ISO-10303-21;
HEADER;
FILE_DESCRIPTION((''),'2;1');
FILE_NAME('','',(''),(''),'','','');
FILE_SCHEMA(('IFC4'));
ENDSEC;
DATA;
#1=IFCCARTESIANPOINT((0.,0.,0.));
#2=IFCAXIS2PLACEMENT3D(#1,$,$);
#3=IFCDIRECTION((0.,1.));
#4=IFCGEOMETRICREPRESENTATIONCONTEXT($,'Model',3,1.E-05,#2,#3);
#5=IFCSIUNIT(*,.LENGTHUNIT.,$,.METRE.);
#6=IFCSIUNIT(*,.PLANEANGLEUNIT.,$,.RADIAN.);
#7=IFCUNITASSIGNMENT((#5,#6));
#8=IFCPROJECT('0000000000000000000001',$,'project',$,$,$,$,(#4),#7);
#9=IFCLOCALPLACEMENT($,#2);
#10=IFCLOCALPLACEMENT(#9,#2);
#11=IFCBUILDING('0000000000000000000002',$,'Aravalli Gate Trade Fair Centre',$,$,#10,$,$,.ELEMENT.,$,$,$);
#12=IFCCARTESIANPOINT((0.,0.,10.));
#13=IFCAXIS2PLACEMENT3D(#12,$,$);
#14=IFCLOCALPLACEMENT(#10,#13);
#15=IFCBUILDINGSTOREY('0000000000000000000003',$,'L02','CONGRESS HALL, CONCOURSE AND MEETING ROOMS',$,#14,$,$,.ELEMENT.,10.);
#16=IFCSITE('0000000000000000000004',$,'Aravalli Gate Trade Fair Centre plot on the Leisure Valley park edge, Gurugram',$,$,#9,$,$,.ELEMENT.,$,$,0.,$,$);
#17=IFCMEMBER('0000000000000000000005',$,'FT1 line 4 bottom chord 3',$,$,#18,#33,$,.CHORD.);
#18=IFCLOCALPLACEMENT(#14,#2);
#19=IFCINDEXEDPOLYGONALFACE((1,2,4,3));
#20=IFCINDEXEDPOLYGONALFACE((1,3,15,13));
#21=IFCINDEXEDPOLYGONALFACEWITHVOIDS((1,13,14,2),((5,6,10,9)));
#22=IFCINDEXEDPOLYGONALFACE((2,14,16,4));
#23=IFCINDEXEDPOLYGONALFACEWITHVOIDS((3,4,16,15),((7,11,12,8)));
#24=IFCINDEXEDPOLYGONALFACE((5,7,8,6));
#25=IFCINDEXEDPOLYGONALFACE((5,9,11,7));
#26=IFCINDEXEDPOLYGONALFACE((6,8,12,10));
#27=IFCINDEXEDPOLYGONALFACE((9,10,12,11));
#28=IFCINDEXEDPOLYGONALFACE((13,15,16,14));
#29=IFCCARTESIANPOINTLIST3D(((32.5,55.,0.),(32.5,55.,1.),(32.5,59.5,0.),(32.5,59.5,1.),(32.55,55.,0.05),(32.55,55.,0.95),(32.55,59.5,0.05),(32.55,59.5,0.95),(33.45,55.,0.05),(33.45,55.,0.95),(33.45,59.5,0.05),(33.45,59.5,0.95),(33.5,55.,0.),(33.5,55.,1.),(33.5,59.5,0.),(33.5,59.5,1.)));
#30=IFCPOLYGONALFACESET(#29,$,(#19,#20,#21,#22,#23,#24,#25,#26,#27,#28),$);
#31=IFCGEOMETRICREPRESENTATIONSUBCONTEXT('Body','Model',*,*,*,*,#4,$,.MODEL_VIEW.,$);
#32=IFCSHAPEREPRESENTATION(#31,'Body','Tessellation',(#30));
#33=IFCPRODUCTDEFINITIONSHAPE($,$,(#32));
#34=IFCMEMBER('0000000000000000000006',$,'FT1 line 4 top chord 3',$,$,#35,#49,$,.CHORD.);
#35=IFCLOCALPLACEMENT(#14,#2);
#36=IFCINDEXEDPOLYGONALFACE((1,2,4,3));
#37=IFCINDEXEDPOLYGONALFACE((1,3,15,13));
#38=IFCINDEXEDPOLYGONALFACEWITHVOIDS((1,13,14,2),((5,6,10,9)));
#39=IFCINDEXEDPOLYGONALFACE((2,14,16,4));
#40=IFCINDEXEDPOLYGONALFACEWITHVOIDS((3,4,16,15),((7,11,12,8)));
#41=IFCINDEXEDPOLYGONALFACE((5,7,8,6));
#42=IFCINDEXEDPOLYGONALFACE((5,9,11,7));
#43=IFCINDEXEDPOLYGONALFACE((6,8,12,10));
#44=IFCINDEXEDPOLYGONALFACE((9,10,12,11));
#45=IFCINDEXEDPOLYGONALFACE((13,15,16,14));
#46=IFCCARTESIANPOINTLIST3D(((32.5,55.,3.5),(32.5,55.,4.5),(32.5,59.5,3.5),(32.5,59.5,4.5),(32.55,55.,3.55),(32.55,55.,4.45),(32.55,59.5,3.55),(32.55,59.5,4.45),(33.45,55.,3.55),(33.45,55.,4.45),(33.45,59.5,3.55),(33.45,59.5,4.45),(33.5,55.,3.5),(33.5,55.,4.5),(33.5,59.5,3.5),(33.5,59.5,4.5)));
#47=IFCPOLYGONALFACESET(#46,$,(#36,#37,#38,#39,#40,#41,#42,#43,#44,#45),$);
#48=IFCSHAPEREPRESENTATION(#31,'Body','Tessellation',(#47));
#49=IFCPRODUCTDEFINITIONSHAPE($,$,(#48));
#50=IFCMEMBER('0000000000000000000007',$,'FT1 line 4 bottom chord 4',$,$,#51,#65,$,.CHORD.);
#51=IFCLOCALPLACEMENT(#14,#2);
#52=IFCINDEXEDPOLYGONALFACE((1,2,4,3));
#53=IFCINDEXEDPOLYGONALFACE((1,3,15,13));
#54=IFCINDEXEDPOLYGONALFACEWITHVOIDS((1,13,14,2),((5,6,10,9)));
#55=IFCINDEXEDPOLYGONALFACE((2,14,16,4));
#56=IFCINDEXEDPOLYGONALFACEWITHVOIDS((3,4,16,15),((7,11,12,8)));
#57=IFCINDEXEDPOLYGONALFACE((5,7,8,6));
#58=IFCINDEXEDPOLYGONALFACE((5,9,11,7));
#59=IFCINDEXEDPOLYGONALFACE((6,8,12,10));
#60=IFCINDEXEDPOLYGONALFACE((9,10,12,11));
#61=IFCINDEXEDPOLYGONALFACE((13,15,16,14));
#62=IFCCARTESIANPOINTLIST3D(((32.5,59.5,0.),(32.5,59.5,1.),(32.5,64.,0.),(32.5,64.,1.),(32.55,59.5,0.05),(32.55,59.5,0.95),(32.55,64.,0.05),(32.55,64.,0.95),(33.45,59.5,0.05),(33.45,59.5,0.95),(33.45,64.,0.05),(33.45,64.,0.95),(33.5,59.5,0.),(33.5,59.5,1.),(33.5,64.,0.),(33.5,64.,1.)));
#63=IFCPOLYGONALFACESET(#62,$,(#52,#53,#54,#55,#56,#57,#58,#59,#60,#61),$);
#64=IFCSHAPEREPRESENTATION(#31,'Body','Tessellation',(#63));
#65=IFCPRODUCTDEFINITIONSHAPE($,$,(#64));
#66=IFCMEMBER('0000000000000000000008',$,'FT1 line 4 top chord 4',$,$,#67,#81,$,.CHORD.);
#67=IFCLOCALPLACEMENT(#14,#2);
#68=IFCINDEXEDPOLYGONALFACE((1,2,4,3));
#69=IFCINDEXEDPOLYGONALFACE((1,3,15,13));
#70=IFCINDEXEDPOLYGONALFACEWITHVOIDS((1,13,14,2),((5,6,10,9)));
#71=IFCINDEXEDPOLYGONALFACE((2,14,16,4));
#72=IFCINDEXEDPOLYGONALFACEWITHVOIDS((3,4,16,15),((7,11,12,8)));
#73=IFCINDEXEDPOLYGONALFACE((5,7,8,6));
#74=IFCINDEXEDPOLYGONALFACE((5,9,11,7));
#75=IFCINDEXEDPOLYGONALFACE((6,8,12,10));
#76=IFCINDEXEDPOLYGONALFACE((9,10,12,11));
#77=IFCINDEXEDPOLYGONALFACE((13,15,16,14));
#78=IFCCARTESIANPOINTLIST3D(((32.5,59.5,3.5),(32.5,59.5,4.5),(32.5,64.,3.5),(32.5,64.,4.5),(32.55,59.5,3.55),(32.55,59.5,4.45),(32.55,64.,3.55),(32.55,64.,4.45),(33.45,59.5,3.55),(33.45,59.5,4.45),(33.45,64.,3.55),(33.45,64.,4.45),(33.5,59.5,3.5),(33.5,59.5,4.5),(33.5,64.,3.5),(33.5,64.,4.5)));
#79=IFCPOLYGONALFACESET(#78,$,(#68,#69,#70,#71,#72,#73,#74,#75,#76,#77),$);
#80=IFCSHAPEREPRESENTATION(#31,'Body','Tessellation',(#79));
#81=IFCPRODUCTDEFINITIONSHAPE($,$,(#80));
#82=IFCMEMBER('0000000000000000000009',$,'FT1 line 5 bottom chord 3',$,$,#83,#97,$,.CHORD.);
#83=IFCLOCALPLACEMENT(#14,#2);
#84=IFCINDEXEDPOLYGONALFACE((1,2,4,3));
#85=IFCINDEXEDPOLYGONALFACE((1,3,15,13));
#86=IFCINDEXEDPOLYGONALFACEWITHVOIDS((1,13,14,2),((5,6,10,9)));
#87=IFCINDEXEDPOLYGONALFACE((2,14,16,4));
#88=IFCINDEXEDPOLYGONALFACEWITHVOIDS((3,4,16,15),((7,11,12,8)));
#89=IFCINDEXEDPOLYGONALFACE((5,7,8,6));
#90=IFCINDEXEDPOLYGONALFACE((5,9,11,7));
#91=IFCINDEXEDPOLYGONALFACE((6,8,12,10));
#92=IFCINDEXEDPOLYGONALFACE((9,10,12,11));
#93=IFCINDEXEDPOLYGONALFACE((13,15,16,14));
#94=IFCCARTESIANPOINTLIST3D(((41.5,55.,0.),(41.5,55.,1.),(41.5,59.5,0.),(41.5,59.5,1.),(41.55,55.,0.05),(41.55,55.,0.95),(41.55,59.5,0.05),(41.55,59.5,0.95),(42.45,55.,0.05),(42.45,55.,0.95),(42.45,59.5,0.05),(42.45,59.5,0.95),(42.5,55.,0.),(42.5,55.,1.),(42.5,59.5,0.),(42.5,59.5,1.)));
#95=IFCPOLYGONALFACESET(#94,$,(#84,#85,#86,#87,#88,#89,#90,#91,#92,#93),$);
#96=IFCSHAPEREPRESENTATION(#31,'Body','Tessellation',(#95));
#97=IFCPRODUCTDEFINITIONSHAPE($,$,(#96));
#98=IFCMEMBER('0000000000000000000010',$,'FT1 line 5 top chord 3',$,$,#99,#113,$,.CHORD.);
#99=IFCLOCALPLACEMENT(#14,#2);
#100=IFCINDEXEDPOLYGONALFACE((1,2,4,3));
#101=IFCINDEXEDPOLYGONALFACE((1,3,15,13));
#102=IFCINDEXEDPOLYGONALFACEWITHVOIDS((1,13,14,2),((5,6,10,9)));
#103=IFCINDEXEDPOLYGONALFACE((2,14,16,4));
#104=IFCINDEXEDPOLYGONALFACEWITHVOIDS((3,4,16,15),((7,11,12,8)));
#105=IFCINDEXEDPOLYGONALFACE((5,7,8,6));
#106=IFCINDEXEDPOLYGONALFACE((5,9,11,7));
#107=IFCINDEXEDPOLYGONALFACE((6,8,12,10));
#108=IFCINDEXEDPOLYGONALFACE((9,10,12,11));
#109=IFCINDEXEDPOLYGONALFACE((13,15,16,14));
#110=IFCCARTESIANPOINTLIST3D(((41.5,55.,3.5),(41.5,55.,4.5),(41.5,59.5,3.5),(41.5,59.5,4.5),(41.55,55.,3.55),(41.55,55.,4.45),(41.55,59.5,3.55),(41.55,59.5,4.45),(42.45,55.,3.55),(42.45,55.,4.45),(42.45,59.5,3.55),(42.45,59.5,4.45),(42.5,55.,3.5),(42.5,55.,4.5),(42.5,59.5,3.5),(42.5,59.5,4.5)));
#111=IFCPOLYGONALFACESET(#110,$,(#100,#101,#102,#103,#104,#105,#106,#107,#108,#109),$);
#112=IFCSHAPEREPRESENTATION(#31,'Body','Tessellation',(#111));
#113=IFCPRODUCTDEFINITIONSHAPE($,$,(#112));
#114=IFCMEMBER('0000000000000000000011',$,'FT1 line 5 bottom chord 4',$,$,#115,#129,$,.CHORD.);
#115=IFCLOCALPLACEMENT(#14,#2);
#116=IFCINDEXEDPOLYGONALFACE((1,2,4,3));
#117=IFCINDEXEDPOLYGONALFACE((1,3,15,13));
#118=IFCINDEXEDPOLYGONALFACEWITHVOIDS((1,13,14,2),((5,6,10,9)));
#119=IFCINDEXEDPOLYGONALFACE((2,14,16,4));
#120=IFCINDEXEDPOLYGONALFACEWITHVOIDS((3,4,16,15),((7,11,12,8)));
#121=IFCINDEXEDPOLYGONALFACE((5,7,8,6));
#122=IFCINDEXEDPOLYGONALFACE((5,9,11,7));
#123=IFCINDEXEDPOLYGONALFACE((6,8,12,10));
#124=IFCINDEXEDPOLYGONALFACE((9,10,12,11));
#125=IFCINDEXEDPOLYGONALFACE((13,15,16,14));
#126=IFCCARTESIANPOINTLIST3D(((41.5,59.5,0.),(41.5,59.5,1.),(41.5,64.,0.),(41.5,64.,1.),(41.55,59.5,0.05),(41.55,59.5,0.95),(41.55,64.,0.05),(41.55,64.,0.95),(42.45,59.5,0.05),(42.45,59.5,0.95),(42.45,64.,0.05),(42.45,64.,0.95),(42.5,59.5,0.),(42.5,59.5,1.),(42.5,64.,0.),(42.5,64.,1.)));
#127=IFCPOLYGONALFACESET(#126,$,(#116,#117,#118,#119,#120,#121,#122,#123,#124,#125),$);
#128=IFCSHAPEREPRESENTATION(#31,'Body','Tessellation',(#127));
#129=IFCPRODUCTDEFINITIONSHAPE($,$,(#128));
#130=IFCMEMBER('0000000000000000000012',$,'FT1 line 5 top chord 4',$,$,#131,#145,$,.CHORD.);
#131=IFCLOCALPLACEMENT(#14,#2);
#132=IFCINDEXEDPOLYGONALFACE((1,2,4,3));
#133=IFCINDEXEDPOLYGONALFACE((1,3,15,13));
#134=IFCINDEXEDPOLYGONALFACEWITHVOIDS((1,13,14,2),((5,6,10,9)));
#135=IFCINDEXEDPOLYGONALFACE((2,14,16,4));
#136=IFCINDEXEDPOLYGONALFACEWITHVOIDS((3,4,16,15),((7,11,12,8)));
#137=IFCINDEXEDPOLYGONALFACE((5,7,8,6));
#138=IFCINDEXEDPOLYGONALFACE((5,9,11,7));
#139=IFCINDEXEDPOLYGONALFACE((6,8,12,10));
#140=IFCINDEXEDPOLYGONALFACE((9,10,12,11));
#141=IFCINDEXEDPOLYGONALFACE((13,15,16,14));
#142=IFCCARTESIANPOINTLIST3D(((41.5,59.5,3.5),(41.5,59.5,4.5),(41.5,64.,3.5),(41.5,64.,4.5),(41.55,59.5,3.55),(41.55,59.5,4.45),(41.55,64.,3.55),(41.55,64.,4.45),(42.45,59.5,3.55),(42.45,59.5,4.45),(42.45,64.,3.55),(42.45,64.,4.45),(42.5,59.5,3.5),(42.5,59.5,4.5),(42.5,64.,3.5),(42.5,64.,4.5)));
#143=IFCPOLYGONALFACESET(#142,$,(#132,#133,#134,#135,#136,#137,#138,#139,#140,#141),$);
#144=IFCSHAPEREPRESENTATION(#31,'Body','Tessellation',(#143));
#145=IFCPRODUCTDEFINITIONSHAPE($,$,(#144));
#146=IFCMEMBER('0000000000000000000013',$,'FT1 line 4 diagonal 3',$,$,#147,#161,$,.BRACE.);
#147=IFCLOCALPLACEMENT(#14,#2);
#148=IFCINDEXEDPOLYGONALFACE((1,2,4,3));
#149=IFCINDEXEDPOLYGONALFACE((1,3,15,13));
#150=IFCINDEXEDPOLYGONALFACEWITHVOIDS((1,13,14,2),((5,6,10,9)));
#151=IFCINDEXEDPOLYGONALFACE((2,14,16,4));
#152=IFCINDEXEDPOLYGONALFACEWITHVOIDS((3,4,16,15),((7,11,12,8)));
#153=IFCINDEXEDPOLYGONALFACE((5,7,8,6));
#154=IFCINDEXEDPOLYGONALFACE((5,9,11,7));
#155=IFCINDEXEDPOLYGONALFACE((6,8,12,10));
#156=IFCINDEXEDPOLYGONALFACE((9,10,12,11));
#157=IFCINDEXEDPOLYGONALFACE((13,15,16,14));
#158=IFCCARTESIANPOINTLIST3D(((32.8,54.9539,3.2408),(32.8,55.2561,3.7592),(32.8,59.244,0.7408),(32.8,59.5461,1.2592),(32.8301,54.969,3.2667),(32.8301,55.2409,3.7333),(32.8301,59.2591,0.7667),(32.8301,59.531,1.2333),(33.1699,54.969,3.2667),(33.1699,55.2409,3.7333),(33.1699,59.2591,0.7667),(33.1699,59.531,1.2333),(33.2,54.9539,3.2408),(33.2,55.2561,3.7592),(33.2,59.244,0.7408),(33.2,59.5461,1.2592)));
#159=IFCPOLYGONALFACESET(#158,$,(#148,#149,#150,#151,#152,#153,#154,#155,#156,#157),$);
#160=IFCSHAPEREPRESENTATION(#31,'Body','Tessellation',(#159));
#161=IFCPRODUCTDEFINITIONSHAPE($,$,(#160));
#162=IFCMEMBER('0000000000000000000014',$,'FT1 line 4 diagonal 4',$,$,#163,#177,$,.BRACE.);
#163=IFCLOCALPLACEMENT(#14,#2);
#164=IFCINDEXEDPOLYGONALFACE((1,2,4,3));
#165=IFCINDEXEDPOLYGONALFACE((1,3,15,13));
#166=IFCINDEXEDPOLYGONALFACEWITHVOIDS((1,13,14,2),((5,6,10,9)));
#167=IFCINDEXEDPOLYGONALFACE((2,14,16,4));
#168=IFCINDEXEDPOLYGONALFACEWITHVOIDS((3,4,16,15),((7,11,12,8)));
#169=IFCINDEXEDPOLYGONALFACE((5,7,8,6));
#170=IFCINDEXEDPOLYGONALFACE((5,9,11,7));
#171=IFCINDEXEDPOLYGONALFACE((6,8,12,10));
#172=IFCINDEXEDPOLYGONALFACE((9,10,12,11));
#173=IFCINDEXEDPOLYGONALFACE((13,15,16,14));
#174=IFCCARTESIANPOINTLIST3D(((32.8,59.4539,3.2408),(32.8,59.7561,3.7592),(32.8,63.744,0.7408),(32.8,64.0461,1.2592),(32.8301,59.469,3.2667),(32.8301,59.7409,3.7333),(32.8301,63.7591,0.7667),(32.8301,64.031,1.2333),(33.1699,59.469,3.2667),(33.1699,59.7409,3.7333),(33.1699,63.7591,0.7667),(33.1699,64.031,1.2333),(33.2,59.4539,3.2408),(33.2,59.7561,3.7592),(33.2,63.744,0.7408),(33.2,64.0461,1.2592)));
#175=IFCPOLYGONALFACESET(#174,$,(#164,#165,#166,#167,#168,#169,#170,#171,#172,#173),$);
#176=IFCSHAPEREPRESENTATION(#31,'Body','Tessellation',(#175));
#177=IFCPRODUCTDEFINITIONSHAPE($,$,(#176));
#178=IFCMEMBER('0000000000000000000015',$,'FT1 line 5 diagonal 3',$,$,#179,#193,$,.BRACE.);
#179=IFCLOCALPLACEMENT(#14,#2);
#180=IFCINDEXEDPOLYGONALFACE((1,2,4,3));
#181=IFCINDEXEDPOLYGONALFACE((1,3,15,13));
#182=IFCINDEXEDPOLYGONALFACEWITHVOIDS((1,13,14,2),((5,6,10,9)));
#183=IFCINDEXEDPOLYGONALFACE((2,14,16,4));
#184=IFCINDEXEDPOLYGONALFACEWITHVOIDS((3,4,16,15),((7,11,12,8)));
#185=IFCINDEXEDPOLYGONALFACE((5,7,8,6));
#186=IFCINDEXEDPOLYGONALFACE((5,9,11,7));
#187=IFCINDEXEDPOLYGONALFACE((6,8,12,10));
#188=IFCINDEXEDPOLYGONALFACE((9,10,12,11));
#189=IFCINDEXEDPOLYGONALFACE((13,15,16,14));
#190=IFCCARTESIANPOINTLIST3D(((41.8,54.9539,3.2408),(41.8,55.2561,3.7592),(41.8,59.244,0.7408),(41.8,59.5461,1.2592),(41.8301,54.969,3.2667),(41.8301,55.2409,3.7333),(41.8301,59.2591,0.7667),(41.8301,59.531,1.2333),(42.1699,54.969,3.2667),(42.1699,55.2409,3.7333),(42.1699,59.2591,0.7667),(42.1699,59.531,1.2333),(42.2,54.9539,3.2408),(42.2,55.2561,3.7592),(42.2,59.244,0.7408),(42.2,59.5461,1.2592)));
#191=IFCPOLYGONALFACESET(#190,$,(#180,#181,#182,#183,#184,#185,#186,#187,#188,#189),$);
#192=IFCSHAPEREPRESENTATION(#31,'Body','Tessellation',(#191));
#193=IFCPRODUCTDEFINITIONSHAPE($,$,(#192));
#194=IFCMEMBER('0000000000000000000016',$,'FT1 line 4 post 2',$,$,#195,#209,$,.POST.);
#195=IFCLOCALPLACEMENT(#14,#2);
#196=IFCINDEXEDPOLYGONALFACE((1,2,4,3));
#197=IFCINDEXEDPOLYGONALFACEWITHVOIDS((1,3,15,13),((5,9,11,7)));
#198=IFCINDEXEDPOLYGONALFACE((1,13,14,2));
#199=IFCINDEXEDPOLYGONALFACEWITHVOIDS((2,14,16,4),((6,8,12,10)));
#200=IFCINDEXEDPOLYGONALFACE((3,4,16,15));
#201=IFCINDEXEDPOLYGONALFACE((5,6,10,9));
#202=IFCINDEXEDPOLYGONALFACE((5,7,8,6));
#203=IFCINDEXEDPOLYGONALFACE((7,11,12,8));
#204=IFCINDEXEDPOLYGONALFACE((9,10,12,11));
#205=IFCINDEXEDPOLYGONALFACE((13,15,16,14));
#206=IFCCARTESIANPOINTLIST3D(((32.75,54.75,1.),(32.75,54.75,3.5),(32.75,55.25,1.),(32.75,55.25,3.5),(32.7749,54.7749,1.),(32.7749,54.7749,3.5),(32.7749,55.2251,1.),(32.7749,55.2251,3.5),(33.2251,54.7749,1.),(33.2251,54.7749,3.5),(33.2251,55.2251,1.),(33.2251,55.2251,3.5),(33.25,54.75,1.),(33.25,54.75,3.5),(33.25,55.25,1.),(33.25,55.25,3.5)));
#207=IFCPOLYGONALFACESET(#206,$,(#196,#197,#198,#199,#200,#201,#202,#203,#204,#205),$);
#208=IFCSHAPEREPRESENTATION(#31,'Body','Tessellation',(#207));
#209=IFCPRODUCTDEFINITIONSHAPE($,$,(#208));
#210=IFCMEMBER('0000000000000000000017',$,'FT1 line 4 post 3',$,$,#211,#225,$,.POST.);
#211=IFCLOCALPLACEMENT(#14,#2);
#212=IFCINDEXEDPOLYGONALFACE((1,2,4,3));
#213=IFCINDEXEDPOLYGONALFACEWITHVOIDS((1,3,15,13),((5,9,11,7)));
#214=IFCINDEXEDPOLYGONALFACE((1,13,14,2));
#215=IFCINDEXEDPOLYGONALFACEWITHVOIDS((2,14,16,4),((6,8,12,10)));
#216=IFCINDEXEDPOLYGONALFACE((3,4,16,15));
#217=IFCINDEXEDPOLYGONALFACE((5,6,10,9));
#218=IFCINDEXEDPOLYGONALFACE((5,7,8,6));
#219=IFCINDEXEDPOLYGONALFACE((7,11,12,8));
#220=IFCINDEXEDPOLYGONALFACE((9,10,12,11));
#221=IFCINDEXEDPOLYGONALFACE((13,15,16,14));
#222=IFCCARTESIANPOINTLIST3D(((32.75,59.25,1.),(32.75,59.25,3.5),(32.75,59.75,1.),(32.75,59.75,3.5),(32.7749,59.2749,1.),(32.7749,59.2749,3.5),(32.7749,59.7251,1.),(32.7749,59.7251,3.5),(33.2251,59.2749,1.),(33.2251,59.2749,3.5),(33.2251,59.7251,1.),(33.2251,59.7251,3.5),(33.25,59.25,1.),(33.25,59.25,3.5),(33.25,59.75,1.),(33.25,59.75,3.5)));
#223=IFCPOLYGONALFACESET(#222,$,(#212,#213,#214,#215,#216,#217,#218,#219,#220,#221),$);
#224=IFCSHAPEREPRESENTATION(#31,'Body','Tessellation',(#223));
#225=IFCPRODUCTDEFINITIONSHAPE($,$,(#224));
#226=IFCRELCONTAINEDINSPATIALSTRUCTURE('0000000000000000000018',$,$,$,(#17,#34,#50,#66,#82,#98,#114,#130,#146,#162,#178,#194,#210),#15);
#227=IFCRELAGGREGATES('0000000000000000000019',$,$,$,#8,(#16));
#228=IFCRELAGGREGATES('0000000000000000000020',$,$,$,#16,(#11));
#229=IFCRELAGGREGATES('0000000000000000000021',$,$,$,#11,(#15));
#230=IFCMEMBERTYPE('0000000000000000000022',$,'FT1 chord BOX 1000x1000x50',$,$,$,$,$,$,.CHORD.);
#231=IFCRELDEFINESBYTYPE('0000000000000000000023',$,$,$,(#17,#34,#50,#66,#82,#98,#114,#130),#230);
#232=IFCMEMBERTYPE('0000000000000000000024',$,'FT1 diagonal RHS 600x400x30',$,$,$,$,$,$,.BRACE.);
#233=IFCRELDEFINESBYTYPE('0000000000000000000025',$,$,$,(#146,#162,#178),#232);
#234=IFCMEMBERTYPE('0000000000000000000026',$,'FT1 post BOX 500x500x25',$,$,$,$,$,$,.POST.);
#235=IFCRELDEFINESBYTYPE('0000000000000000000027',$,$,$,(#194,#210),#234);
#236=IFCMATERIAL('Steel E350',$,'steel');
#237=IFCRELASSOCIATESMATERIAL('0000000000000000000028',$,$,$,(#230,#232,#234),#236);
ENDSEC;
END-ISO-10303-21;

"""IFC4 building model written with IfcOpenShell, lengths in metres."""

from ifc_helpers import new_model, si_unit, direction, frame, origin, origin_2d, place, context, subcontext, project, spatial, hollow_rectangle, extrude, material, material_profile, profile_set, type_object, element, save


model = new_model("IFC4")

# Units and contexts
model_context = context("Model", 3, precision=1e-05, world=origin(), true_north=direction((0.0, 1.0)))
body_context = subcontext(model_context, "Body", "Model", "MODEL_VIEW")
ifc_project = project(units=[si_unit("LENGTHUNIT", "METRE"), si_unit("PLANEANGLEUNIT", "RADIAN")], contexts=[model_context])

# Site, building, storey
site_placement = place(None, origin())
site = spatial("IfcSite", under=ifc_project, at=site_placement, Name="Aravalli Gate Trade Fair Centre plot on the Leisure Valley park edge, Gurugram", CompositionType="ELEMENT", RefElevation=0.0)
building_placement = place(site_placement, origin())
building = spatial("IfcBuilding", under=site, at=building_placement, Name="Aravalli Gate Trade Fair Centre", CompositionType="ELEMENT")
storey_placement = place(building_placement, frame((0.0, 0.0, 10.0)))
storey = spatial("IfcBuildingStorey", under=building, at=storey_placement, Name="L02", Description="CONGRESS HALL, CONCOURSE AND MEETING ROOMS", CompositionType="ELEMENT", Elevation=10.0)

# Members
ifc_material_1 = material(Name="Steel E350", Category="steel")
ifc_material_profile_1 = material_profile(ifc_material_1, hollow_rectangle(XDim=1.0, YDim=1.0, WallThickness=0.05, at=origin_2d()), Name="BOX 1000x1000x50")
ifc_profile_set_1 = profile_set([ifc_material_profile_1], Name="Steel E350")
member_type_1 = type_object("IfcMemberType", Name="FT1 chord BOX 1000x1000x50", PredefinedType="CHORD", material=ifc_profile_set_1)
for number, where, z_axis, x_axis, name in (
    (1, (33.0, 55.0, 0.5), (0.0, 1.0, 0.0), (-1.0, 0.0, 0.0), "FT1 line 4 bottom chord 3"),
    (2, (33.0, 55.0, 4.0), (0.0, 1.0, 0.0), (-1.0, 0.0, 0.0), "FT1 line 4 top chord 3"),
    (3, (33.0, 59.5, 0.5), (0.0, 1.0, 0.0), (-1.0, 0.0, 0.0), "FT1 line 4 bottom chord 4"),
    (4, (33.0, 59.5, 4.0), (0.0, 1.0, 0.0), (-1.0, 0.0, 0.0), "FT1 line 4 top chord 4"),
    (5, (42.0, 55.0, 0.5), (0.0, 1.0, 0.0), (-1.0, 0.0, 0.0), "FT1 line 5 bottom chord 3"),
    (6, (42.0, 55.0, 4.0), (0.0, 1.0, 0.0), (-1.0, 0.0, 0.0), "FT1 line 5 top chord 3"),
    (7, (42.0, 59.5, 0.5), (0.0, 1.0, 0.0), (-1.0, 0.0, 0.0), "FT1 line 5 bottom chord 4"),
    (8, (42.0, 59.5, 4.0), (0.0, 1.0, 0.0), (-1.0, 0.0, 0.0), "FT1 line 5 top chord 4"),
):
    element("IfcMember", number, at=place(storey_placement, frame(where, z_axis=z_axis, x_axis=x_axis)), inside=storey, type_object=member_type_1, Name=name, PredefinedType="CHORD", context=body_context, shape_type="SweptSolid", body=[
        extrude(hollow_rectangle(XDim=1.0, YDim=1.0, WallThickness=0.05, at=origin_2d()), origin(), (0.0, 0.0, 1.0), 4.5),
    ])
ifc_material_profile_2 = material_profile(ifc_material_1, hollow_rectangle(XDim=0.3999, YDim=0.6001, WallThickness=0.03, at=origin_2d()), Name="RHS 600x400x30")
ifc_profile_set_2 = profile_set([ifc_material_profile_2], Name="Steel E350")
member_type_2 = type_object("IfcMemberType", Name="FT1 diagonal RHS 600x400x30", PredefinedType="BRACE", material=ifc_profile_set_2)
for number, where, z_axis, x_axis, name in (
    (9, (33.0, 55.105, 3.5), (0.0, 0.864, -0.503492), (-1.0, 0.0, 0.0), "FT1 line 4 diagonal 3"),
    (10, (33.0, 59.605, 3.5), (0.0, 0.864, -0.503492), (-1.0, 0.0, 0.0), "FT1 line 4 diagonal 4"),
    (11, (42.0, 55.105, 3.5), (0.0, 0.864, -0.503492), (-1.0, 0.0, 0.0), "FT1 line 5 diagonal 3"),
):
    element("IfcMember", number, at=place(storey_placement, frame(where, z_axis=z_axis, x_axis=x_axis)), inside=storey, type_object=member_type_2, Name=name, PredefinedType="BRACE", context=body_context, shape_type="SweptSolid", body=[
        extrude(hollow_rectangle(XDim=0.3999, YDim=0.6001, WallThickness=0.03, at=origin_2d()), origin(), (0.0, 0.0, 1.0), 4.9653),
    ])
ifc_material_profile_3 = material_profile(ifc_material_1, hollow_rectangle(XDim=0.5, YDim=0.5, WallThickness=0.0249, at=origin_2d()), Name="BOX 500x500x25")
ifc_profile_set_3 = profile_set([ifc_material_profile_3], Name="Steel E350")
member_type_3 = type_object("IfcMemberType", Name="FT1 post BOX 500x500x25", PredefinedType="POST", material=ifc_profile_set_3)
for number, where, z_axis, x_axis, name in (
    (12, (33.0, 55.0, 1.0), (0.0, 0.0, 1.0), (1.0, 0.0, 0.0), "FT1 line 4 post 2"),
    (13, (33.0, 59.5, 1.0), (0.0, 0.0, 1.0), (1.0, 0.0, 0.0), "FT1 line 4 post 3"),
):
    element("IfcMember", number, at=place(storey_placement, frame(where, z_axis=z_axis, x_axis=x_axis)), inside=storey, type_object=member_type_3, Name=name, PredefinedType="POST", context=body_context, shape_type="SweptSolid", body=[
        extrude(hollow_rectangle(XDim=0.5, YDim=0.5, WallThickness=0.0249, at=origin_2d()), origin(), (0.0, 0.0, 1.0), 2.5),
    ])

save(model, "model.ifc")
